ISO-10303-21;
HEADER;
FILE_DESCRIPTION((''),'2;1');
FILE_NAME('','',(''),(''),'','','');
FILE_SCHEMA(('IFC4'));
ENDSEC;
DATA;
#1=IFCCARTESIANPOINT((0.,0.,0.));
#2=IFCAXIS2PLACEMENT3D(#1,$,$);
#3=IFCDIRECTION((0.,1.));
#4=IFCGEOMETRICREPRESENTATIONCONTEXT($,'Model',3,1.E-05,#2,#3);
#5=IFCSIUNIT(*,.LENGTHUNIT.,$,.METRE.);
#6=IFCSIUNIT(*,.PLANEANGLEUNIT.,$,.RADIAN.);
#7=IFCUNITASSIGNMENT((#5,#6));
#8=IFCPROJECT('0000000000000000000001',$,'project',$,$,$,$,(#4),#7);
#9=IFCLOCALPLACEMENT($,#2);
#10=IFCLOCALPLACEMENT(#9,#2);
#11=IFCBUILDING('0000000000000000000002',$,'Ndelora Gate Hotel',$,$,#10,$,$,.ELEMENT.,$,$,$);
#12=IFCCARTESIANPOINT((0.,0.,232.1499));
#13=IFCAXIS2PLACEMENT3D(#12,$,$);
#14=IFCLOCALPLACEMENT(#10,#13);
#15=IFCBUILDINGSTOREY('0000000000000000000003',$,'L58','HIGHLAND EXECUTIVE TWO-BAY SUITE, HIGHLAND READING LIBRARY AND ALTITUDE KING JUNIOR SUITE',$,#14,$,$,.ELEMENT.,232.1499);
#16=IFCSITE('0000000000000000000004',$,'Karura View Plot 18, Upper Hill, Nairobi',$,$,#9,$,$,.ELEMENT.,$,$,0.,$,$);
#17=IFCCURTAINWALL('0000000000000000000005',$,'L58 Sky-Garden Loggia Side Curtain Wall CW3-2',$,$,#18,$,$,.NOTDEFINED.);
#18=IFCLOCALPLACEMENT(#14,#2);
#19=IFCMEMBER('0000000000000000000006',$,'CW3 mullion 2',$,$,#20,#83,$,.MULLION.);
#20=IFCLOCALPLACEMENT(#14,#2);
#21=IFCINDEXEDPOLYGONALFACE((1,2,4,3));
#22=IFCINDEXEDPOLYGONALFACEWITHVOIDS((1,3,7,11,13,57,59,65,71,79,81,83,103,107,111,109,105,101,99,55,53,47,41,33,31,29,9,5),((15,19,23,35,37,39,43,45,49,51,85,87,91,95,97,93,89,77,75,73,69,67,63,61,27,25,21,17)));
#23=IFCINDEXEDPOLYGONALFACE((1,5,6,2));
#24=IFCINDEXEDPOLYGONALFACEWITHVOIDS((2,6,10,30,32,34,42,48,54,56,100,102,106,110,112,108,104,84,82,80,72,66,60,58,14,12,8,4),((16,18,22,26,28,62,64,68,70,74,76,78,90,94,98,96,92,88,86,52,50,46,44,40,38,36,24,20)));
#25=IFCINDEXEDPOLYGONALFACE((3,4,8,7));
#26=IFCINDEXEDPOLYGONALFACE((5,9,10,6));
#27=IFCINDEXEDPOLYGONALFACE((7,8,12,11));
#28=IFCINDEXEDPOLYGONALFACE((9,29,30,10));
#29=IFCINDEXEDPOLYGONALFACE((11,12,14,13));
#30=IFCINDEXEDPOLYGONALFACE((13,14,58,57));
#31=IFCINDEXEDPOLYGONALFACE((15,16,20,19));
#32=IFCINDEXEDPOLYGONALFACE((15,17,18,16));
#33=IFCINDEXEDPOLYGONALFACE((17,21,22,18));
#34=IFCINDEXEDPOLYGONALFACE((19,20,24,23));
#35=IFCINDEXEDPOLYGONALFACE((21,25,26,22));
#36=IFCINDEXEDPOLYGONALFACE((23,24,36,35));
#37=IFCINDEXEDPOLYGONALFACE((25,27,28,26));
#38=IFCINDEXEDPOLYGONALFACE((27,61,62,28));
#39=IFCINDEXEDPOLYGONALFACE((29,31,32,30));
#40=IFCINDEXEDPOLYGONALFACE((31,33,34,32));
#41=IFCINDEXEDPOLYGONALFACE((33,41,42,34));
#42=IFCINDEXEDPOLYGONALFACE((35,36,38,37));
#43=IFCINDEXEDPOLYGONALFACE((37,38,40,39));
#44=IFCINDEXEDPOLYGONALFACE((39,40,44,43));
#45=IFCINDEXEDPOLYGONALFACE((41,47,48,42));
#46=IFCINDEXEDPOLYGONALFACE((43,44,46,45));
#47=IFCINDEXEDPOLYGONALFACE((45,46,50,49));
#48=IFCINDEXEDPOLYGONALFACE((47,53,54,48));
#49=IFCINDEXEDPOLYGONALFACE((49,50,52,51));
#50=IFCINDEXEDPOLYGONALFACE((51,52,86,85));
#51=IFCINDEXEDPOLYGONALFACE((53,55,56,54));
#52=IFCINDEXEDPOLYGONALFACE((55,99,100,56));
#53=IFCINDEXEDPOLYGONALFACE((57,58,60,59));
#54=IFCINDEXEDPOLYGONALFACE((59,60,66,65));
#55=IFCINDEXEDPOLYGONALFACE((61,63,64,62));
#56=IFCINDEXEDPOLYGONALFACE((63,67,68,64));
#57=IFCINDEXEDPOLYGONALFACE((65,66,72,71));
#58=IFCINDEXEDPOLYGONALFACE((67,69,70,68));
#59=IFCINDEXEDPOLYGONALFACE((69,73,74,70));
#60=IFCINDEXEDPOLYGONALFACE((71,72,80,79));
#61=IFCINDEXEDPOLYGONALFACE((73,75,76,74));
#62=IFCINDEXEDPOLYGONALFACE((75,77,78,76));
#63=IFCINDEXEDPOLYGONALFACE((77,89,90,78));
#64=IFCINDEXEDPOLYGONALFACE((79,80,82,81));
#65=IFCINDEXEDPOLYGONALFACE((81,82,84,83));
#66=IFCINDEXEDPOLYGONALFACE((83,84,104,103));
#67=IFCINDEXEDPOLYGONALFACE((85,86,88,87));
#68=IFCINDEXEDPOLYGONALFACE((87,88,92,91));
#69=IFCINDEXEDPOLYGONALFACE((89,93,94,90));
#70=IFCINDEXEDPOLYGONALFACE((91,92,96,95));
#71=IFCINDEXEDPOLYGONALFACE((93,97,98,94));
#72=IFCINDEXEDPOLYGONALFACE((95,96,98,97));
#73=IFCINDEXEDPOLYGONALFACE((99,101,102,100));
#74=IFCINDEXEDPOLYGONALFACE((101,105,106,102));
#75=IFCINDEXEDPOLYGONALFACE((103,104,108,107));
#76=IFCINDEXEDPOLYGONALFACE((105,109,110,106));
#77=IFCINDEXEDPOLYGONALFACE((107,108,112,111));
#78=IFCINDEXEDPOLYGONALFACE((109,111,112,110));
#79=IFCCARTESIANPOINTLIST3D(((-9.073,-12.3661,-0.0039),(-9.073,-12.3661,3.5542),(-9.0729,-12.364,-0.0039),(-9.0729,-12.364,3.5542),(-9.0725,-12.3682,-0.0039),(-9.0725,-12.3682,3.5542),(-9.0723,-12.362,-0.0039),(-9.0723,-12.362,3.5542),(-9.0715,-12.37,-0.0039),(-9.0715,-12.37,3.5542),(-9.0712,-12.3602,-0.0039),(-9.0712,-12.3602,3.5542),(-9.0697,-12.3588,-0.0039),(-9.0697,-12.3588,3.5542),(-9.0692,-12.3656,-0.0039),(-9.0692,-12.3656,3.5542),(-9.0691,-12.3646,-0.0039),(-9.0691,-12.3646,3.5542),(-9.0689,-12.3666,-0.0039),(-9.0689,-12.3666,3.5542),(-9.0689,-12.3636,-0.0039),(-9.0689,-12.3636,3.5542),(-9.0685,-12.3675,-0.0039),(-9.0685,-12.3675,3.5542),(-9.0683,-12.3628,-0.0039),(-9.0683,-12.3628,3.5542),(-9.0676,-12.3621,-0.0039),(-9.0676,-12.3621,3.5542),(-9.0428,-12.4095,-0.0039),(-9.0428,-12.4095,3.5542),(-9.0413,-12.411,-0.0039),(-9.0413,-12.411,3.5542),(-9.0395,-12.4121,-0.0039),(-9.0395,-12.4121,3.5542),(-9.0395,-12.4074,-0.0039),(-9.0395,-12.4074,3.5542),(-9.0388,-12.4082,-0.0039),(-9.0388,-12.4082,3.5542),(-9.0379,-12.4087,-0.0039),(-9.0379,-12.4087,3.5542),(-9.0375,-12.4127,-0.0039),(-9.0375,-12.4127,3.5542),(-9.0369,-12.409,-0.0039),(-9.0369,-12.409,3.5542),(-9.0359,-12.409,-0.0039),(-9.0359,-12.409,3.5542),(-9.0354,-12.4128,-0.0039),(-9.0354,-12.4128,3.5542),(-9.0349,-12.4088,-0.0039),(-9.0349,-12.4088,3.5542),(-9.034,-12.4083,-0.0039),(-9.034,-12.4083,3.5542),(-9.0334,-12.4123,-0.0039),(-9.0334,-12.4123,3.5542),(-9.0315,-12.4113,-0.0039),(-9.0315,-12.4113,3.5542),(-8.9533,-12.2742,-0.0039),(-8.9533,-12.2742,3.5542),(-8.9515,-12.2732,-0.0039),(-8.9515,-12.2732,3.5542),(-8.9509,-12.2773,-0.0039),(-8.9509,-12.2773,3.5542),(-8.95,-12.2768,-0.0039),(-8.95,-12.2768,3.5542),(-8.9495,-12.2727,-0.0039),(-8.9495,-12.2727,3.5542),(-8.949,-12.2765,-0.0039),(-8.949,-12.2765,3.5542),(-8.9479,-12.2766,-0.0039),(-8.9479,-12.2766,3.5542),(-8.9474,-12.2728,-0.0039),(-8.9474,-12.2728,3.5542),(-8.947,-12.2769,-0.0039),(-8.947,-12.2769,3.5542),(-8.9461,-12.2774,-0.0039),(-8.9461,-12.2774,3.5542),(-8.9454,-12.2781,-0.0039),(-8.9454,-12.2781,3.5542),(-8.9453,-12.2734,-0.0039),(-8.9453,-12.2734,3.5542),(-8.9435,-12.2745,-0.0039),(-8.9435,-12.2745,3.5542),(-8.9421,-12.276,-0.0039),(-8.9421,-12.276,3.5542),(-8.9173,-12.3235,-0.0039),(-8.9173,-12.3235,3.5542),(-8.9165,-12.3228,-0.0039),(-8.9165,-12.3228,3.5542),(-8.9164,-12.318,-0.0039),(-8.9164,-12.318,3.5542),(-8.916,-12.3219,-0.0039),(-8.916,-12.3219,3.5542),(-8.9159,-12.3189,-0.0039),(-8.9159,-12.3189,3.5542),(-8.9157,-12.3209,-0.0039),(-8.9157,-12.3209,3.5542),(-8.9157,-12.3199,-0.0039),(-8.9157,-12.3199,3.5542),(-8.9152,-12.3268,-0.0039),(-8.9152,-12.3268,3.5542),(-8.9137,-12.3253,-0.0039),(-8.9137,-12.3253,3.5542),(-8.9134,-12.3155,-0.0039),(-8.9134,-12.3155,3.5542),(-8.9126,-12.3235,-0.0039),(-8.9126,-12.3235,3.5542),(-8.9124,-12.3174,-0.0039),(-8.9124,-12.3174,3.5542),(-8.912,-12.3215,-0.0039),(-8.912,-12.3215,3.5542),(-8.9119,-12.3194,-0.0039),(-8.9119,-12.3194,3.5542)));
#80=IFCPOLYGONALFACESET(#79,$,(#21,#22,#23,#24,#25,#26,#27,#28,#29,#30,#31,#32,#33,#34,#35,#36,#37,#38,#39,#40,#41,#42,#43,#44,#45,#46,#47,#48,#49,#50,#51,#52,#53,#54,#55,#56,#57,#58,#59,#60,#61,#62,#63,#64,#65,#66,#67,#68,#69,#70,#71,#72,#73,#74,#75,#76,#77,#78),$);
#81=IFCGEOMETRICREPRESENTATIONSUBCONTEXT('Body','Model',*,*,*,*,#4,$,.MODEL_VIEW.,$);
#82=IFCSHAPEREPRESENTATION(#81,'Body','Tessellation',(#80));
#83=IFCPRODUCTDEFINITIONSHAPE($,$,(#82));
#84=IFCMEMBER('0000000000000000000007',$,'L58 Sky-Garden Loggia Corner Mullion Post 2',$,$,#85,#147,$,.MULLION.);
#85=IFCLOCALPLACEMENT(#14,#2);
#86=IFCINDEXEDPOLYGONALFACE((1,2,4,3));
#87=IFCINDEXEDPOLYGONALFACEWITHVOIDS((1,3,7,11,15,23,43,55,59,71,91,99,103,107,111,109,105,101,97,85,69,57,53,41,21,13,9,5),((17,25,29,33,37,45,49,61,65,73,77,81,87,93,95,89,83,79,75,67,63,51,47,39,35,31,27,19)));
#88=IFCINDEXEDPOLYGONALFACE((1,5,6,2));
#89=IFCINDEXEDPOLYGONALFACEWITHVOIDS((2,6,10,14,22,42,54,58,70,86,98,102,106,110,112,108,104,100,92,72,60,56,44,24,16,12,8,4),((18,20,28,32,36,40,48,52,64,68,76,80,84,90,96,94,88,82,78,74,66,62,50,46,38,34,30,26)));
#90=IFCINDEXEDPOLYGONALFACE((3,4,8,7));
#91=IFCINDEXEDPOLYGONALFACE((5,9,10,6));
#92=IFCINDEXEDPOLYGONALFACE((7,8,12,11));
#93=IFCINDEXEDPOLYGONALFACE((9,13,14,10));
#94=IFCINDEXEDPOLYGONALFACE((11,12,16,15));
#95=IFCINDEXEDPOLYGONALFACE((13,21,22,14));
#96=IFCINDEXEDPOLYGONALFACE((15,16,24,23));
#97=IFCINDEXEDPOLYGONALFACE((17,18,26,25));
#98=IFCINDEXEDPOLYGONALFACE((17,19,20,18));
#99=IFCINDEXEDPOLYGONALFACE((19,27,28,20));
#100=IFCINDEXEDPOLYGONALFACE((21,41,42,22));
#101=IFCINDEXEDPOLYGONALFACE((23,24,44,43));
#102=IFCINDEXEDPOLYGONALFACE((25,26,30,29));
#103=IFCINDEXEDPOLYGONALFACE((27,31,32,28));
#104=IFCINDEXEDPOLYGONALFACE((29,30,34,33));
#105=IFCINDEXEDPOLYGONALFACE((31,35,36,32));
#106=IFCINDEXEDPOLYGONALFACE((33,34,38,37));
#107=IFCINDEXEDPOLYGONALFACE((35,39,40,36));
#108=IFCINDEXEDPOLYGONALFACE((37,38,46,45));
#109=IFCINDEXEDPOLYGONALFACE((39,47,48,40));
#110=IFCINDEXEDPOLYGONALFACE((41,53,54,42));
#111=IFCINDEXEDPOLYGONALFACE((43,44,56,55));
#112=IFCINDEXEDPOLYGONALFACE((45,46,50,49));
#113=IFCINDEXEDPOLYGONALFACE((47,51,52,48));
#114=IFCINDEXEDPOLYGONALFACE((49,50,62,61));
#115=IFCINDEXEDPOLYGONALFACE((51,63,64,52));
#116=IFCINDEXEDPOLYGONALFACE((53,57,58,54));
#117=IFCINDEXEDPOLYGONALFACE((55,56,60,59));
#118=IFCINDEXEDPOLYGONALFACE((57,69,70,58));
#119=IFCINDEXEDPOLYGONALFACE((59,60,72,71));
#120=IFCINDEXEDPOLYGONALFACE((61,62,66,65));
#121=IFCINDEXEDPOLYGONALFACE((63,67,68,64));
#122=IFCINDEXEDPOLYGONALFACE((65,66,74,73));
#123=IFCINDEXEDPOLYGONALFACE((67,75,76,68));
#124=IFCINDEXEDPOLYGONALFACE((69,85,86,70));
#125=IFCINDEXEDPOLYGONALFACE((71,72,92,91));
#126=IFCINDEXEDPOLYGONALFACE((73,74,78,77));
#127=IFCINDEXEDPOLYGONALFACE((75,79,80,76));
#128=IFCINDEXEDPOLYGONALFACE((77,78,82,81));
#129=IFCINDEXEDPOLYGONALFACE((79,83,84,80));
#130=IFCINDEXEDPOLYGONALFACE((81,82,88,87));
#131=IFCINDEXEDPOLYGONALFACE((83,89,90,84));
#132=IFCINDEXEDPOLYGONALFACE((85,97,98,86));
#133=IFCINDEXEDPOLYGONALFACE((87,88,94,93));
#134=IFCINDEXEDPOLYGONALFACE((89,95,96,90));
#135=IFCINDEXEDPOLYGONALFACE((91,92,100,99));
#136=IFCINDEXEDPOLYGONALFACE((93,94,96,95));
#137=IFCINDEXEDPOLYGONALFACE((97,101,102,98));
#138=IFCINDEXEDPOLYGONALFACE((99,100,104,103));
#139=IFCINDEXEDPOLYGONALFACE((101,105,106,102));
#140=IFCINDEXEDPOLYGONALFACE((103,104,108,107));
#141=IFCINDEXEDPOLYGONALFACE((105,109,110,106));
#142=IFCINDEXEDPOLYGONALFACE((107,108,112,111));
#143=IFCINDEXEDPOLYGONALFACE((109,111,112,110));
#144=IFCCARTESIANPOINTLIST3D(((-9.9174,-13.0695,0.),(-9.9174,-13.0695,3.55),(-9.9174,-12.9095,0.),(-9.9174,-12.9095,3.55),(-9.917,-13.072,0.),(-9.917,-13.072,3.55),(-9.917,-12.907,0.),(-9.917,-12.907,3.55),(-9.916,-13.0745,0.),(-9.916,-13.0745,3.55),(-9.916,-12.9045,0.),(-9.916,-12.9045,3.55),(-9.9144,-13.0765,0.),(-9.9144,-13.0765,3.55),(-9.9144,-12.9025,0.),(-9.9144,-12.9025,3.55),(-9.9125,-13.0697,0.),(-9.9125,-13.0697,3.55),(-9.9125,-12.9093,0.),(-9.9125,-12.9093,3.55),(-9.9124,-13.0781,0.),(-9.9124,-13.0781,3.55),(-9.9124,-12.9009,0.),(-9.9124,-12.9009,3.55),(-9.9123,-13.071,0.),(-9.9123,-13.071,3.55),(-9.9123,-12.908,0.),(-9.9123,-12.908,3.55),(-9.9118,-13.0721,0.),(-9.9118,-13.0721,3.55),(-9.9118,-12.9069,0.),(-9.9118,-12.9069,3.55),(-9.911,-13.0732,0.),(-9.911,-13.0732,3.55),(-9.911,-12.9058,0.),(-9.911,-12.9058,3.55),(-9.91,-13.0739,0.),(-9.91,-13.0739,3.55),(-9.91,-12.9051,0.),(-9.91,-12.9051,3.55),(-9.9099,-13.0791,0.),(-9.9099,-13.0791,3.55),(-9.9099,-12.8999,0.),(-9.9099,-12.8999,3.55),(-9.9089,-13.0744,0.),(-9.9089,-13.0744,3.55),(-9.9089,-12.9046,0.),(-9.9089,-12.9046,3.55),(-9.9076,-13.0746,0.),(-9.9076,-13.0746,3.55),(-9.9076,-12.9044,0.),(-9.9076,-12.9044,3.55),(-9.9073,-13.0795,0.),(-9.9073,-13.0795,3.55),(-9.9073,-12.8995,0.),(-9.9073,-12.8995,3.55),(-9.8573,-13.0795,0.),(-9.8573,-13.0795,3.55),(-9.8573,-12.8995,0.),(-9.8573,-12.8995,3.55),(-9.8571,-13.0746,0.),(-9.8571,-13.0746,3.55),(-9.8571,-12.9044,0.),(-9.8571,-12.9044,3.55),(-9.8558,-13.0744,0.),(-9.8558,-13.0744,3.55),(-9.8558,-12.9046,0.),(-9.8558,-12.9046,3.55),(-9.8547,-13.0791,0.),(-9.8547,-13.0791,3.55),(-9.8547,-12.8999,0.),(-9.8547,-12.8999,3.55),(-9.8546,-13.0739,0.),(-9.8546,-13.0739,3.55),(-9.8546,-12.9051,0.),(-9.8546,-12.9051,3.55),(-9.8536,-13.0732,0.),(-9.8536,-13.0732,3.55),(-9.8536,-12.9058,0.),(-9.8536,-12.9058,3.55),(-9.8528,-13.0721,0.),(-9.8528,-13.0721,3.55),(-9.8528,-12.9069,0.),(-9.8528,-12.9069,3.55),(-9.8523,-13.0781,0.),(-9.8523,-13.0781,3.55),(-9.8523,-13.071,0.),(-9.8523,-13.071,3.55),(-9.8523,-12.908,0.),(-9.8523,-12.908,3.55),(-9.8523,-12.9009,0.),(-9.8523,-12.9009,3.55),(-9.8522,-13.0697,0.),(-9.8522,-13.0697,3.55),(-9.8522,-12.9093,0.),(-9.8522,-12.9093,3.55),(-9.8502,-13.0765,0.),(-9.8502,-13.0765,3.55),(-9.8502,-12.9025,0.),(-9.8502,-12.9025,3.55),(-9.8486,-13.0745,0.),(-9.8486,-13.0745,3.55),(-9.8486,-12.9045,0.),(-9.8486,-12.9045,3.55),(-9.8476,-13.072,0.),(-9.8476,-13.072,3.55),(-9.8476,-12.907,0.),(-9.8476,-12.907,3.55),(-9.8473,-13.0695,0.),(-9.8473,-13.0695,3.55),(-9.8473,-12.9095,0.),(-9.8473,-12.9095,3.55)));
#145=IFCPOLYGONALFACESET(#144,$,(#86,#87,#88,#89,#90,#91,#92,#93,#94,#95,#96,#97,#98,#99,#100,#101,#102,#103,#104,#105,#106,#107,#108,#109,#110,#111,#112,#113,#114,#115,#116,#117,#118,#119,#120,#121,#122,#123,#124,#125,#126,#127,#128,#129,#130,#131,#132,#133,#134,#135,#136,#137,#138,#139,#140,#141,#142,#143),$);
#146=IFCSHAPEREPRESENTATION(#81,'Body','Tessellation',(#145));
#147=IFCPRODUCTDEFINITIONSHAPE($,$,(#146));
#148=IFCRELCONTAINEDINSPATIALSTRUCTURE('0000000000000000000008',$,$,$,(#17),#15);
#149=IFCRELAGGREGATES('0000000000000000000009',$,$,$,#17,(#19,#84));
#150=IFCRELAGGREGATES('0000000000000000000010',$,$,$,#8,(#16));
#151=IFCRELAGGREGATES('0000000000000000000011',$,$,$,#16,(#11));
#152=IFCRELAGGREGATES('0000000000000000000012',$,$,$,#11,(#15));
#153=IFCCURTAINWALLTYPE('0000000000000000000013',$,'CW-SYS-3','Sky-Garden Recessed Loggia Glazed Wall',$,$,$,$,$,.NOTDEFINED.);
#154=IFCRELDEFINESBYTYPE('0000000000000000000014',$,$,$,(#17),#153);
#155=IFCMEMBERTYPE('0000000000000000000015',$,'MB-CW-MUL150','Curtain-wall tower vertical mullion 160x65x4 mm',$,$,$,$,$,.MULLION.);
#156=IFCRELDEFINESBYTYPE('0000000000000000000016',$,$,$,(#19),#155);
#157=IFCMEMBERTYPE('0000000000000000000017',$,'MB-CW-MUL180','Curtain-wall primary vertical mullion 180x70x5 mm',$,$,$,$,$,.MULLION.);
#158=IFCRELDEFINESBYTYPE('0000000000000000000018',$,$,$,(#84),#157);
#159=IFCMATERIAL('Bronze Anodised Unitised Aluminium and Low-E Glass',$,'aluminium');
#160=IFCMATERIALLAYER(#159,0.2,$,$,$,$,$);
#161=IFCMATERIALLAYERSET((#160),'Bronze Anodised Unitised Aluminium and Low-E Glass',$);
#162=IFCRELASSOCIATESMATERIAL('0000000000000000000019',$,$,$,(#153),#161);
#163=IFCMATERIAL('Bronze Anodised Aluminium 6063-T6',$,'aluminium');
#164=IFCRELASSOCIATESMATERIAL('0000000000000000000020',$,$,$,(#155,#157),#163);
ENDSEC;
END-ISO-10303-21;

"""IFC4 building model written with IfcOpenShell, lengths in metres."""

from ifc_helpers import new_model, si_unit, direction, frame, origin, origin_2d, place, context, subcontext, project, spatial, hollow_rectangle, extrude, material, layer, layer_set, material_profile, profile_set, type_object, element, aggregate, save


model = new_model("IFC4")

# Units and contexts
model_context = context("Model", 3, precision=1e-05, world=origin(), true_north=direction((0.0, 1.0)))
body_context = subcontext(model_context, "Body", "Model", "MODEL_VIEW")
ifc_project = project(units=[si_unit("LENGTHUNIT", "METRE"), si_unit("PLANEANGLEUNIT", "RADIAN")], contexts=[model_context])

# Site, building, storey
site_placement = place(None, origin())
site = spatial("IfcSite", under=ifc_project, at=site_placement, Name="Karura View Plot 18, Upper Hill, Nairobi", CompositionType="ELEMENT", RefElevation=0.0)
building_placement = place(site_placement, origin())
building = spatial("IfcBuilding", under=site, at=building_placement, Name="Ndelora Gate Hotel", CompositionType="ELEMENT")
storey_placement = place(building_placement, frame((0.0, 0.0, 232.1499)))
storey = spatial("IfcBuildingStorey", under=building, at=storey_placement, Name="L58", Description="HIGHLAND EXECUTIVE TWO-BAY SUITE, HIGHLAND READING LIBRARY AND ALTITUDE KING JUNIOR SUITE", CompositionType="ELEMENT", Elevation=232.1499)

# Curtain wall, members
ifc_material_1 = material(Name="Bronze Anodised Unitised Aluminium and Low-E Glass", Category="aluminium")
ifc_layer_1 = layer(ifc_material_1, 0.2)
ifc_layer_set_1 = layer_set([ifc_layer_1], Name="Bronze Anodised Unitised Aluminium and Low-E Glass")
curtain_wall_type = type_object("IfcCurtainWallType", Name="CW-SYS-3", Description="Sky-Garden Recessed Loggia Glazed Wall", PredefinedType="NOTDEFINED", material=ifc_layer_set_1)
curtain_wall_placement = place(storey_placement, origin())
curtain_wall = element("IfcCurtainWall", 1, at=curtain_wall_placement, inside=storey, type_object=curtain_wall_type, Name="L58 Sky-Garden Loggia Side Curtain Wall CW3-2", PredefinedType="NOTDEFINED")
ifc_material_2 = material(Name="Bronze Anodised Aluminium 6063-T6", Category="aluminium")
ifc_material_profile_1 = material_profile(ifc_material_2, hollow_rectangle(XDim=0.0649, YDim=0.1599, WallThickness=0.0039, InnerFilletRadius=0.0039, OuterFilletRadius=0.0081, at=origin_2d()), Name="ALU 160x65x4")
ifc_profile_set_1 = profile_set([ifc_material_profile_1], Name="Bronze Anodised Aluminium 6063-T6")
member_type_1 = type_object("IfcMemberType", Name="MB-CW-MUL150", Description="Curtain-wall tower vertical mullion 160x65x4 mm", PredefinedType="MULLION", material=ifc_profile_set_1)
member_1_placement = place(storey_placement, frame((-8.9924, -12.3428, -0.0039), z_axis=(0.0, 0.0, 1.0), x_axis=(-0.587764, 0.809033, 0.0)))
member_1 = element("IfcMember", 2, at=member_1_placement, type_object=member_type_1, Name="CW3 mullion 2", PredefinedType="MULLION", context=body_context, shape_type="SweptSolid", body=[
    extrude(hollow_rectangle(XDim=0.0649, YDim=0.1599, WallThickness=0.0039, InnerFilletRadius=0.0039, OuterFilletRadius=0.0081, at=origin_2d()), origin(), (0.0, 0.0, 1.0), 3.5581),
])
ifc_material_profile_2 = material_profile(ifc_material_2, hollow_rectangle(XDim=0.0701, YDim=0.1799, WallThickness=0.0049, InnerFilletRadius=0.0049, OuterFilletRadius=0.01, at=origin_2d()), Name="ALU 180x70x5")
ifc_profile_set_2 = profile_set([ifc_material_profile_2], Name="Bronze Anodised Aluminium 6063-T6")
member_type_2 = type_object("IfcMemberType", Name="MB-CW-MUL180", Description="Curtain-wall primary vertical mullion 180x70x5 mm", PredefinedType="MULLION", material=ifc_profile_set_2)
member_2_placement = place(storey_placement, frame((-9.8823, -12.9895, 0.0), z_axis=(0.0, 0.0, 1.0), x_axis=(1.0, 0.0, 0.0)))
member_2 = element("IfcMember", 3, at=member_2_placement, type_object=member_type_2, Name="L58 Sky-Garden Loggia Corner Mullion Post 2", PredefinedType="MULLION", context=body_context, shape_type="SweptSolid", body=[
    extrude(hollow_rectangle(XDim=0.0701, YDim=0.1799, WallThickness=0.0049, InnerFilletRadius=0.0049, OuterFilletRadius=0.01, at=origin_2d()), origin(), (0.0, 0.0, 1.0), 3.55),
])
aggregate(curtain_wall, [member_1, member_2])

save(model, "model.ifc")
